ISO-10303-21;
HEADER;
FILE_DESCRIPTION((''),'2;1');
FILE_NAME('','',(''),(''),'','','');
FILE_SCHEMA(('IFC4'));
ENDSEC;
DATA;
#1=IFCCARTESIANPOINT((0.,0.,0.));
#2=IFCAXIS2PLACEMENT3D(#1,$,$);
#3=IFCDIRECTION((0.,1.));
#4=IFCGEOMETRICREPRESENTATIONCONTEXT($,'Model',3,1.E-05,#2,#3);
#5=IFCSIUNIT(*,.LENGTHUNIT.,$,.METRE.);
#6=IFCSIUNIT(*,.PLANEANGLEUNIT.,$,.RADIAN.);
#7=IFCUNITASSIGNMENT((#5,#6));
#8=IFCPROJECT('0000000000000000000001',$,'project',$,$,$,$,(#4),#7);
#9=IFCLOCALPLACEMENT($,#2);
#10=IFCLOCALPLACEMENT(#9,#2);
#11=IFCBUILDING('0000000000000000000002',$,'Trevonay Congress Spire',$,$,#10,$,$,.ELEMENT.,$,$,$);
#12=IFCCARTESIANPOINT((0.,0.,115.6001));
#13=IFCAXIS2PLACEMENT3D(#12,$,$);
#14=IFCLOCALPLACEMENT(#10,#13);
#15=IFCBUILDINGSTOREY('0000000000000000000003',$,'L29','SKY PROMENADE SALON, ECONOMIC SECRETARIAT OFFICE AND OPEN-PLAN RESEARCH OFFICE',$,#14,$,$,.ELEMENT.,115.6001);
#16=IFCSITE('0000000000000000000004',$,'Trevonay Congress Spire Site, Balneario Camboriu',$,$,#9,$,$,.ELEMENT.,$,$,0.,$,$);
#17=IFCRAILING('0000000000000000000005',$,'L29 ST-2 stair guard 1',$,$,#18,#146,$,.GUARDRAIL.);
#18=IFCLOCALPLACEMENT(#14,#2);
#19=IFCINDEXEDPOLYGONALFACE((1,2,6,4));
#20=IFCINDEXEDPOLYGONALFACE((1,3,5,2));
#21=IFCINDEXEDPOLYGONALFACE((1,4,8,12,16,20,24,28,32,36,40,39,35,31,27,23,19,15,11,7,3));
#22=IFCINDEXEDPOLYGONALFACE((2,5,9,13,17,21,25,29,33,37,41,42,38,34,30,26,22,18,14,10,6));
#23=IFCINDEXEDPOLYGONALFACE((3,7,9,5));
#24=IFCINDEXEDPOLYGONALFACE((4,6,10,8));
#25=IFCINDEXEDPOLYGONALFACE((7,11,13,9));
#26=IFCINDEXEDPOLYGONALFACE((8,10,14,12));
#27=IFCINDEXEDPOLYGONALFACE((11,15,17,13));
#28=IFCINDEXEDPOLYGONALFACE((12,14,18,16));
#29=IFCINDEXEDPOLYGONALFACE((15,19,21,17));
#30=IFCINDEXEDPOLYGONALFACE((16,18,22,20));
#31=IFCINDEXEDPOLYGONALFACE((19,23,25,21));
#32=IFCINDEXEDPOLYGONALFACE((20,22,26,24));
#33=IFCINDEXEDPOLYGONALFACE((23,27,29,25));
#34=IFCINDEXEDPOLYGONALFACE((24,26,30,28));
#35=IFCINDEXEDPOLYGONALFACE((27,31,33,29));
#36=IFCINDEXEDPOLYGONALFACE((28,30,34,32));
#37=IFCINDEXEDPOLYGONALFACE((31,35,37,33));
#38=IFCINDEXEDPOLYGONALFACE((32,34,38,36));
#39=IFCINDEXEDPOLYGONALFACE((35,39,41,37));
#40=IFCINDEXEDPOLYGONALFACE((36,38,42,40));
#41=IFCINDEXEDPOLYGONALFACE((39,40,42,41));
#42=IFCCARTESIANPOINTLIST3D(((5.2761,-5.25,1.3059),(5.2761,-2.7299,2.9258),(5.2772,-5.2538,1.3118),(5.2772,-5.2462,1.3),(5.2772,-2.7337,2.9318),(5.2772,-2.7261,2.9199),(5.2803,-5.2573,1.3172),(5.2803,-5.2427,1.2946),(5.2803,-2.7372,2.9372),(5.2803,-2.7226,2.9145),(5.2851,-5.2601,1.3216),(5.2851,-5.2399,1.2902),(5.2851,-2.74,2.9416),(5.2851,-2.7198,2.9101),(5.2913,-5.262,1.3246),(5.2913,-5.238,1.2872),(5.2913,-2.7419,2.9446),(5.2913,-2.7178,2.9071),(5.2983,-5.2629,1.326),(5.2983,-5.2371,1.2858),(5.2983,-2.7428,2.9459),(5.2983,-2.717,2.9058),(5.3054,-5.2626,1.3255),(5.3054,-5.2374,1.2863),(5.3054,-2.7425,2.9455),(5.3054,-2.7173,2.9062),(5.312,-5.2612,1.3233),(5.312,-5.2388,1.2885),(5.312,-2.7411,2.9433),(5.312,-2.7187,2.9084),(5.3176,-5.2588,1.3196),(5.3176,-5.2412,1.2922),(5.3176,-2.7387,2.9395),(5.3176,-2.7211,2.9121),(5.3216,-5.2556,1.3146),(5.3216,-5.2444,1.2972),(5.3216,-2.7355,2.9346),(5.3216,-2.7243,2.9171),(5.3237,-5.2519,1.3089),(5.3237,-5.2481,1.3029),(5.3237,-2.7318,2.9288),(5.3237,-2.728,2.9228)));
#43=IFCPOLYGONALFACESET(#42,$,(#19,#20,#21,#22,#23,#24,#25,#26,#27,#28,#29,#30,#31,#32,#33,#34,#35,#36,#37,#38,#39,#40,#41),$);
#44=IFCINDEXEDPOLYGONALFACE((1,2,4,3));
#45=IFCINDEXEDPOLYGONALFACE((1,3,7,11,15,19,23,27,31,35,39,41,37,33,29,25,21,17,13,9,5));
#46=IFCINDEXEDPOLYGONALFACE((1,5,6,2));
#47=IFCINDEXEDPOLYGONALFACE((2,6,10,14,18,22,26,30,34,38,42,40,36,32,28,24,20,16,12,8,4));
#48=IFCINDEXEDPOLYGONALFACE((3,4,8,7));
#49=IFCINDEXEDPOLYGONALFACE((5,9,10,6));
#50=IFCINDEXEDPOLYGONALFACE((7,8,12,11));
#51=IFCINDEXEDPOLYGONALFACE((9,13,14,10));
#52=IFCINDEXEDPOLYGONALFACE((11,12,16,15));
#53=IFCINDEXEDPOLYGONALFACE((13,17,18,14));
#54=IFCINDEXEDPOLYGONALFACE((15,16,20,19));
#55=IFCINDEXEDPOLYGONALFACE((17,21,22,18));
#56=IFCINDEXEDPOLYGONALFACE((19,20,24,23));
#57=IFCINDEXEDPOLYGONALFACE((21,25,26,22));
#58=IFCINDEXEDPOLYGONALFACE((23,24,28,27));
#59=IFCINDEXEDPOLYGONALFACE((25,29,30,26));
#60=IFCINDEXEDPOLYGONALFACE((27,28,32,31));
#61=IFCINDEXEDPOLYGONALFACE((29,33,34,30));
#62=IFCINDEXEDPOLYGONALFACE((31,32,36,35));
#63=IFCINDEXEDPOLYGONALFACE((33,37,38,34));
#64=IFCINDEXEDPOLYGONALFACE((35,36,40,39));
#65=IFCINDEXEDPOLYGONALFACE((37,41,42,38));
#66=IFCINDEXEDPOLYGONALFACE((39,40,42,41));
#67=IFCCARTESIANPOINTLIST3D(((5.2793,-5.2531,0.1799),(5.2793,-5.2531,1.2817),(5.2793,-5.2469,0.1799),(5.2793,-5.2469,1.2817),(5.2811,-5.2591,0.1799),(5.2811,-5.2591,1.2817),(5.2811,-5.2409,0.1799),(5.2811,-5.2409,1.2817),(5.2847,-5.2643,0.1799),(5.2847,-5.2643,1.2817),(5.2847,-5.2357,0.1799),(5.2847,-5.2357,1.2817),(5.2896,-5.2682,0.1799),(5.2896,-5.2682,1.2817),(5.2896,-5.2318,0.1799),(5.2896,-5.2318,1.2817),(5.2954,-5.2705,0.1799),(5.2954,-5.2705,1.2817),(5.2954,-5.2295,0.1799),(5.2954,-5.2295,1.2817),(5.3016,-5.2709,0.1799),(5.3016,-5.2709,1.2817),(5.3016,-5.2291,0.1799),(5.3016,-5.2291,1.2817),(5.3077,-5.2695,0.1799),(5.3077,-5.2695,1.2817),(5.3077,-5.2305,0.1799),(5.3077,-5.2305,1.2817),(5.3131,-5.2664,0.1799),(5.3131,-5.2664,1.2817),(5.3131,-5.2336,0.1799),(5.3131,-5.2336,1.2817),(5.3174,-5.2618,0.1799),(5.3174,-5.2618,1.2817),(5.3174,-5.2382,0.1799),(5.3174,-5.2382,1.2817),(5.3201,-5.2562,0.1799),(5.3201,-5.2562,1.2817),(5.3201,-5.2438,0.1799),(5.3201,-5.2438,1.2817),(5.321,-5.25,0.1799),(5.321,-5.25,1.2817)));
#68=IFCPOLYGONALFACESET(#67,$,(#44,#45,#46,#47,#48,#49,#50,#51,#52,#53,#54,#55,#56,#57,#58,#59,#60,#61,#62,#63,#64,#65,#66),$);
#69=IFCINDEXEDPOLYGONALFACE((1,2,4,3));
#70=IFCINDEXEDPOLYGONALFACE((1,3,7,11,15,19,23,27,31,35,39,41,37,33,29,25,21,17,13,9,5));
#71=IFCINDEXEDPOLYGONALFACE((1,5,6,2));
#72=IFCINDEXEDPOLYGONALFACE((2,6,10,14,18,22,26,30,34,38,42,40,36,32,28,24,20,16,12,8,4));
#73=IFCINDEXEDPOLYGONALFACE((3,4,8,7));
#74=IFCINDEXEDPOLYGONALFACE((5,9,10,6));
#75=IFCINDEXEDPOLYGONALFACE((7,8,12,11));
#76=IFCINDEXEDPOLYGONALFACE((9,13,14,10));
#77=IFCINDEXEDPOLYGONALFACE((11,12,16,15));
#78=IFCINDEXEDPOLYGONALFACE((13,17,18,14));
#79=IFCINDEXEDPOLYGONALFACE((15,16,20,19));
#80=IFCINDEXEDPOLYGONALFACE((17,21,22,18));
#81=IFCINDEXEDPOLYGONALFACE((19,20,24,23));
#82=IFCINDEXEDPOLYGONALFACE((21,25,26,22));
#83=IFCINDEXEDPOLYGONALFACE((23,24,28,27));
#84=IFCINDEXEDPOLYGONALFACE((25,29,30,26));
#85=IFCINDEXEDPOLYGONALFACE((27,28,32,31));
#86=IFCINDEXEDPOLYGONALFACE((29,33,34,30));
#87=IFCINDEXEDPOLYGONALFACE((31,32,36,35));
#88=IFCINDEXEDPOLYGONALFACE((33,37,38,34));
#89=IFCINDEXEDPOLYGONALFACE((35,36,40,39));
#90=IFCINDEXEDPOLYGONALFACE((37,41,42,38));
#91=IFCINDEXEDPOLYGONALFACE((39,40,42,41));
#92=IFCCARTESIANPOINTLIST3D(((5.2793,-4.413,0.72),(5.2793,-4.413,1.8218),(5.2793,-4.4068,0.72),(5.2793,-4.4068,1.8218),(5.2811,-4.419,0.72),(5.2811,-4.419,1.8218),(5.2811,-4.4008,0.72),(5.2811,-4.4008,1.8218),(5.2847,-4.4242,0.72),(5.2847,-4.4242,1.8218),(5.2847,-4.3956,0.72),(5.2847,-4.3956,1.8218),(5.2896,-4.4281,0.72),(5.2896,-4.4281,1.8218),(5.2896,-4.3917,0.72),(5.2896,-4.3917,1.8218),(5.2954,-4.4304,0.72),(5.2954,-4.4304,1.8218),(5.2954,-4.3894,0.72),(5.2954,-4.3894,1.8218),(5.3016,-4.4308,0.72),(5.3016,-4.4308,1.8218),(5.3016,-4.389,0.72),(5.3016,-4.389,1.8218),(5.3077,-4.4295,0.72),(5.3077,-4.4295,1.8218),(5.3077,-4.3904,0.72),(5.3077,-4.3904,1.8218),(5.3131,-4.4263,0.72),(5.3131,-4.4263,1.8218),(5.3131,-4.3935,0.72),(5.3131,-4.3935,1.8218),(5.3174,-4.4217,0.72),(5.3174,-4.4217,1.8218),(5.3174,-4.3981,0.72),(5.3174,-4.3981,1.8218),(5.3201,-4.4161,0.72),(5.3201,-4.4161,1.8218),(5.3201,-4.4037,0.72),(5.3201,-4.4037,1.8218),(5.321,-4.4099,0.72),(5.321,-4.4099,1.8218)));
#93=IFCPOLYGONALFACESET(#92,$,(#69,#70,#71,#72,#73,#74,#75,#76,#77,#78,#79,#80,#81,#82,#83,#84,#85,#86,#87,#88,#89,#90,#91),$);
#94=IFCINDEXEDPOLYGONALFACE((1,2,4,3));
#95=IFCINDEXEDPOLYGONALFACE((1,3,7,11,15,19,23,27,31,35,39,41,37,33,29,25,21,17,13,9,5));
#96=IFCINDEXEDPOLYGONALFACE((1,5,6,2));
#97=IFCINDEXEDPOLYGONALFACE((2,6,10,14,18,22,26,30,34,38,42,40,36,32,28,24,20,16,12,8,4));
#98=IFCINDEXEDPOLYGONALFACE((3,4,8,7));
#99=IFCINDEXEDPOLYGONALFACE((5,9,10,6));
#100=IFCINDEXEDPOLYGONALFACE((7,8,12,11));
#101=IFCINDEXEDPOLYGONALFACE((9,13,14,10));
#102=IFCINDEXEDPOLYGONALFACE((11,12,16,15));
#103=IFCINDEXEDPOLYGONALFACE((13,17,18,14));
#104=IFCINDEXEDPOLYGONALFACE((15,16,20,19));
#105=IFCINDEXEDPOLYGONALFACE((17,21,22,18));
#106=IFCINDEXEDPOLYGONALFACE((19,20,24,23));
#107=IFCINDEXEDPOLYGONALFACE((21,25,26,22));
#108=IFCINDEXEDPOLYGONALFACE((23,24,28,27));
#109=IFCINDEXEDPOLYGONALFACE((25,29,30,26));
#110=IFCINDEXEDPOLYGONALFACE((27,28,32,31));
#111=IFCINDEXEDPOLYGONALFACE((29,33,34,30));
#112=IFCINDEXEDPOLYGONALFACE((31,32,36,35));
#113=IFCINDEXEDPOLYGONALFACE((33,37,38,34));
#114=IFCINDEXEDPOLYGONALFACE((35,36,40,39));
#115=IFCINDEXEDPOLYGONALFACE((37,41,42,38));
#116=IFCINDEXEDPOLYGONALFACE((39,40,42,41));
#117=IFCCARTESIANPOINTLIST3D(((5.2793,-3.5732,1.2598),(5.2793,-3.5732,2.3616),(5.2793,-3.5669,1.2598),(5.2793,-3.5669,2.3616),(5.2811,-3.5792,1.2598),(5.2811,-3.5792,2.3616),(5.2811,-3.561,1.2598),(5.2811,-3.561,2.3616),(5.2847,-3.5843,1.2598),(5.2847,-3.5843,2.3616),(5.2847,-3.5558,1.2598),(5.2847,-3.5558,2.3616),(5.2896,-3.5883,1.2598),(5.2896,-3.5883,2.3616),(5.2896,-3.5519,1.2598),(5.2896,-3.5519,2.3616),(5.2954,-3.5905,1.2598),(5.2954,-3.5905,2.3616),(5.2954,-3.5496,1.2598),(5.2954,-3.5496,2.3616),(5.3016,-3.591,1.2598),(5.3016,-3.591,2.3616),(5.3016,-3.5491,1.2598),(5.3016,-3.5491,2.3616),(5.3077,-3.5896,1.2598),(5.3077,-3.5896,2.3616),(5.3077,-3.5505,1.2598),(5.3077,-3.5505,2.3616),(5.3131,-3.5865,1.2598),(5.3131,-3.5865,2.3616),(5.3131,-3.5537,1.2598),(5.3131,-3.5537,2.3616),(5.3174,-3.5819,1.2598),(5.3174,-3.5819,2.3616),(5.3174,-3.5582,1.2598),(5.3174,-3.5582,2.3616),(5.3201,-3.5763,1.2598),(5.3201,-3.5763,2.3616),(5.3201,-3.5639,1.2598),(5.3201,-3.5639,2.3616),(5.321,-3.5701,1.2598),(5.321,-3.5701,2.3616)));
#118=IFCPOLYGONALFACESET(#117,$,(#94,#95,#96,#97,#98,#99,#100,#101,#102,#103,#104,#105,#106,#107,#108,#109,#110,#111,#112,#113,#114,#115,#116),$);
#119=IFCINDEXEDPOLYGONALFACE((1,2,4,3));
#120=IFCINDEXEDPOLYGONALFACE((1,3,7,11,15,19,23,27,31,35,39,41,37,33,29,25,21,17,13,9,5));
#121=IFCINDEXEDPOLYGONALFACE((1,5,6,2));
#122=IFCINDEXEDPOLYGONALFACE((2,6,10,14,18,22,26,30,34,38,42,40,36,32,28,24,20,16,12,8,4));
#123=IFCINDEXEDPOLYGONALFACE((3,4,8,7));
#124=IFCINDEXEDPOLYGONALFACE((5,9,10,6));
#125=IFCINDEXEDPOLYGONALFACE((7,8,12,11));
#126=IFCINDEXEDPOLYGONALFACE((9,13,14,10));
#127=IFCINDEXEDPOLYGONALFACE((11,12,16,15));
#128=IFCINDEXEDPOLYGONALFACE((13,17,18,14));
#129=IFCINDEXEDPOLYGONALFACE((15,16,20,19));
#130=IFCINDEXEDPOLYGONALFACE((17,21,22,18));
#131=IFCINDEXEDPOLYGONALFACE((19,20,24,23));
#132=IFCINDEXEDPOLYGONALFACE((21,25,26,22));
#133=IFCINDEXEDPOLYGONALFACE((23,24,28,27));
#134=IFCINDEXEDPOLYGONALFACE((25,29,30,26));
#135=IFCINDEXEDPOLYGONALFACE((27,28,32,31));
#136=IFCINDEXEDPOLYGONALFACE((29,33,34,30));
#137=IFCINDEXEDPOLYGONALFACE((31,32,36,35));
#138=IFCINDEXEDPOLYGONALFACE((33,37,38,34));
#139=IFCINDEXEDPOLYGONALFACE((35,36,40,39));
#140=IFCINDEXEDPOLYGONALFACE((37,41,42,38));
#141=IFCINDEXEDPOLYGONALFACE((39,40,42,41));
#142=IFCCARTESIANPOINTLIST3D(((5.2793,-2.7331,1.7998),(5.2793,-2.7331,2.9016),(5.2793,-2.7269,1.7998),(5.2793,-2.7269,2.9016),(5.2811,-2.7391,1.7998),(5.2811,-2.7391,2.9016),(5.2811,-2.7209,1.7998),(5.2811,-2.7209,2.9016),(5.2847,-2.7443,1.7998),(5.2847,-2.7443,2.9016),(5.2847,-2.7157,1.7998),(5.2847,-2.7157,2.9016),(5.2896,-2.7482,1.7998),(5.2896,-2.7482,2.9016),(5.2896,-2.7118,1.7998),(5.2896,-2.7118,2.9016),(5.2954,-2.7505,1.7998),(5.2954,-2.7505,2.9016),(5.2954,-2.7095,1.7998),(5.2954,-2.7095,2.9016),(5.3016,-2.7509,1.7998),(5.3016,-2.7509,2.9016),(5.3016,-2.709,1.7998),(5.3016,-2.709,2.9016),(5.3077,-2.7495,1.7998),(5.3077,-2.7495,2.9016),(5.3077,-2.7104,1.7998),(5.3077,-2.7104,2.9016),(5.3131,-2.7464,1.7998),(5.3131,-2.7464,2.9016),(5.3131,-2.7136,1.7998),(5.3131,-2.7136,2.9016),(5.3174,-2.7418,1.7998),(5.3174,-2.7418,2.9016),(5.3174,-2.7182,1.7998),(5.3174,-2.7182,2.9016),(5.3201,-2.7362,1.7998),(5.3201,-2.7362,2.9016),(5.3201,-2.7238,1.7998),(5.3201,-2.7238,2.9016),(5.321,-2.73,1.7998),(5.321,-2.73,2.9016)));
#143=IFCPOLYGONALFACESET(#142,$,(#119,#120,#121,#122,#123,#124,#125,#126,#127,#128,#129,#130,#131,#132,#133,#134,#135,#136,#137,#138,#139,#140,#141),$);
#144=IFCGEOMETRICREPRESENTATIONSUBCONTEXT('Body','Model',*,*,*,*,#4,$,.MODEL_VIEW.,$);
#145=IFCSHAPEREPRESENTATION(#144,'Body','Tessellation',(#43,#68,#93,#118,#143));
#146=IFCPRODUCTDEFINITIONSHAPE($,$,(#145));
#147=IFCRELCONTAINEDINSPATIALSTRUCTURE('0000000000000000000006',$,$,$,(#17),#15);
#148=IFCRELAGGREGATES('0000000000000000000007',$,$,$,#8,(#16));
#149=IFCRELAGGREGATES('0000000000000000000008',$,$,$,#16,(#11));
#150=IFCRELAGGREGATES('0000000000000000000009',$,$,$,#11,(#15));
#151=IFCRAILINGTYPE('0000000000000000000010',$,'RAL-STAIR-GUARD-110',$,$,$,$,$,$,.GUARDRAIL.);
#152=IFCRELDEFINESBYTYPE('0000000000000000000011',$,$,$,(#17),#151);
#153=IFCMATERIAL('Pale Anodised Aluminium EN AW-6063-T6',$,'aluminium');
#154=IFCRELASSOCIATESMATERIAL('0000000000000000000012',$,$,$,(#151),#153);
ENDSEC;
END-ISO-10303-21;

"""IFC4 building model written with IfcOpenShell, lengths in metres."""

from ifc_helpers import new_model, si_unit, direction, frame, origin, origin_2d, place, context, subcontext, project, spatial, circle, extrude, material, type_object, element, save


model = new_model("IFC4")

# Units and contexts
model_context = context("Model", 3, precision=1e-05, world=origin(), true_north=direction((0.0, 1.0)))
body_context = subcontext(model_context, "Body", "Model", "MODEL_VIEW")
ifc_project = project(units=[si_unit("LENGTHUNIT", "METRE"), si_unit("PLANEANGLEUNIT", "RADIAN")], contexts=[model_context])

# Site, building, storey
site_placement = place(None, origin())
site = spatial("IfcSite", under=ifc_project, at=site_placement, Name="Trevonay Congress Spire Site, Balneario Camboriu", CompositionType="ELEMENT", RefElevation=0.0)
building_placement = place(site_placement, origin())
building = spatial("IfcBuilding", under=site, at=building_placement, Name="Trevonay Congress Spire", CompositionType="ELEMENT")
storey_placement = place(building_placement, frame((0.0, 0.0, 115.6001)))
storey = spatial("IfcBuildingStorey", under=building, at=storey_placement, Name="L29", Description="SKY PROMENADE SALON, ECONOMIC SECRETARIAT OFFICE AND OPEN-PLAN RESEARCH OFFICE", CompositionType="ELEMENT", Elevation=115.6001)

# Railing
ifc_material_1 = material(Name="Pale Anodised Aluminium EN AW-6063-T6", Category="aluminium")
railing_type_1 = type_object("IfcRailingType", Name="RAL-STAIR-GUARD-110", PredefinedType="GUARDRAIL", material=ifc_material_1)
railing_1_placement = place(storey_placement, frame((5.3, -5.25, 0.1799)))
element("IfcRailing", 1, at=railing_1_placement, inside=storey, type_object=railing_type_1, Name="L29 ST-2 stair guard 1", PredefinedType="GUARDRAIL", context=body_context, shape_type="SweptSolid", body=[
    extrude(circle(Radius=0.0239, at=origin_2d()), frame((0.0, 0.0, 1.126), z_axis=(0.0, 0.8412, 0.540725), x_axis=(-1.0, 0.0, 0.0)), (0.0, 0.0, 1.0), 2.9958),
    extrude(circle(Radius=0.021, at=origin_2d()), origin(), (0.0, 0.0, 1.0), 1.1018),
    extrude(circle(Radius=0.021, at=origin_2d()), frame((0.0, 0.8401, 0.54)), (0.0, 0.0, 1.0), 1.1018),
    extrude(circle(Radius=0.021, at=origin_2d()), frame((0.0, 1.6799, 1.0798)), (0.0, 0.0, 1.0), 1.1018),
    extrude(circle(Radius=0.021, at=origin_2d()), frame((0.0, 2.52, 1.6199)), (0.0, 0.0, 1.0), 1.1018),
])

save(model, "model.ifc")
